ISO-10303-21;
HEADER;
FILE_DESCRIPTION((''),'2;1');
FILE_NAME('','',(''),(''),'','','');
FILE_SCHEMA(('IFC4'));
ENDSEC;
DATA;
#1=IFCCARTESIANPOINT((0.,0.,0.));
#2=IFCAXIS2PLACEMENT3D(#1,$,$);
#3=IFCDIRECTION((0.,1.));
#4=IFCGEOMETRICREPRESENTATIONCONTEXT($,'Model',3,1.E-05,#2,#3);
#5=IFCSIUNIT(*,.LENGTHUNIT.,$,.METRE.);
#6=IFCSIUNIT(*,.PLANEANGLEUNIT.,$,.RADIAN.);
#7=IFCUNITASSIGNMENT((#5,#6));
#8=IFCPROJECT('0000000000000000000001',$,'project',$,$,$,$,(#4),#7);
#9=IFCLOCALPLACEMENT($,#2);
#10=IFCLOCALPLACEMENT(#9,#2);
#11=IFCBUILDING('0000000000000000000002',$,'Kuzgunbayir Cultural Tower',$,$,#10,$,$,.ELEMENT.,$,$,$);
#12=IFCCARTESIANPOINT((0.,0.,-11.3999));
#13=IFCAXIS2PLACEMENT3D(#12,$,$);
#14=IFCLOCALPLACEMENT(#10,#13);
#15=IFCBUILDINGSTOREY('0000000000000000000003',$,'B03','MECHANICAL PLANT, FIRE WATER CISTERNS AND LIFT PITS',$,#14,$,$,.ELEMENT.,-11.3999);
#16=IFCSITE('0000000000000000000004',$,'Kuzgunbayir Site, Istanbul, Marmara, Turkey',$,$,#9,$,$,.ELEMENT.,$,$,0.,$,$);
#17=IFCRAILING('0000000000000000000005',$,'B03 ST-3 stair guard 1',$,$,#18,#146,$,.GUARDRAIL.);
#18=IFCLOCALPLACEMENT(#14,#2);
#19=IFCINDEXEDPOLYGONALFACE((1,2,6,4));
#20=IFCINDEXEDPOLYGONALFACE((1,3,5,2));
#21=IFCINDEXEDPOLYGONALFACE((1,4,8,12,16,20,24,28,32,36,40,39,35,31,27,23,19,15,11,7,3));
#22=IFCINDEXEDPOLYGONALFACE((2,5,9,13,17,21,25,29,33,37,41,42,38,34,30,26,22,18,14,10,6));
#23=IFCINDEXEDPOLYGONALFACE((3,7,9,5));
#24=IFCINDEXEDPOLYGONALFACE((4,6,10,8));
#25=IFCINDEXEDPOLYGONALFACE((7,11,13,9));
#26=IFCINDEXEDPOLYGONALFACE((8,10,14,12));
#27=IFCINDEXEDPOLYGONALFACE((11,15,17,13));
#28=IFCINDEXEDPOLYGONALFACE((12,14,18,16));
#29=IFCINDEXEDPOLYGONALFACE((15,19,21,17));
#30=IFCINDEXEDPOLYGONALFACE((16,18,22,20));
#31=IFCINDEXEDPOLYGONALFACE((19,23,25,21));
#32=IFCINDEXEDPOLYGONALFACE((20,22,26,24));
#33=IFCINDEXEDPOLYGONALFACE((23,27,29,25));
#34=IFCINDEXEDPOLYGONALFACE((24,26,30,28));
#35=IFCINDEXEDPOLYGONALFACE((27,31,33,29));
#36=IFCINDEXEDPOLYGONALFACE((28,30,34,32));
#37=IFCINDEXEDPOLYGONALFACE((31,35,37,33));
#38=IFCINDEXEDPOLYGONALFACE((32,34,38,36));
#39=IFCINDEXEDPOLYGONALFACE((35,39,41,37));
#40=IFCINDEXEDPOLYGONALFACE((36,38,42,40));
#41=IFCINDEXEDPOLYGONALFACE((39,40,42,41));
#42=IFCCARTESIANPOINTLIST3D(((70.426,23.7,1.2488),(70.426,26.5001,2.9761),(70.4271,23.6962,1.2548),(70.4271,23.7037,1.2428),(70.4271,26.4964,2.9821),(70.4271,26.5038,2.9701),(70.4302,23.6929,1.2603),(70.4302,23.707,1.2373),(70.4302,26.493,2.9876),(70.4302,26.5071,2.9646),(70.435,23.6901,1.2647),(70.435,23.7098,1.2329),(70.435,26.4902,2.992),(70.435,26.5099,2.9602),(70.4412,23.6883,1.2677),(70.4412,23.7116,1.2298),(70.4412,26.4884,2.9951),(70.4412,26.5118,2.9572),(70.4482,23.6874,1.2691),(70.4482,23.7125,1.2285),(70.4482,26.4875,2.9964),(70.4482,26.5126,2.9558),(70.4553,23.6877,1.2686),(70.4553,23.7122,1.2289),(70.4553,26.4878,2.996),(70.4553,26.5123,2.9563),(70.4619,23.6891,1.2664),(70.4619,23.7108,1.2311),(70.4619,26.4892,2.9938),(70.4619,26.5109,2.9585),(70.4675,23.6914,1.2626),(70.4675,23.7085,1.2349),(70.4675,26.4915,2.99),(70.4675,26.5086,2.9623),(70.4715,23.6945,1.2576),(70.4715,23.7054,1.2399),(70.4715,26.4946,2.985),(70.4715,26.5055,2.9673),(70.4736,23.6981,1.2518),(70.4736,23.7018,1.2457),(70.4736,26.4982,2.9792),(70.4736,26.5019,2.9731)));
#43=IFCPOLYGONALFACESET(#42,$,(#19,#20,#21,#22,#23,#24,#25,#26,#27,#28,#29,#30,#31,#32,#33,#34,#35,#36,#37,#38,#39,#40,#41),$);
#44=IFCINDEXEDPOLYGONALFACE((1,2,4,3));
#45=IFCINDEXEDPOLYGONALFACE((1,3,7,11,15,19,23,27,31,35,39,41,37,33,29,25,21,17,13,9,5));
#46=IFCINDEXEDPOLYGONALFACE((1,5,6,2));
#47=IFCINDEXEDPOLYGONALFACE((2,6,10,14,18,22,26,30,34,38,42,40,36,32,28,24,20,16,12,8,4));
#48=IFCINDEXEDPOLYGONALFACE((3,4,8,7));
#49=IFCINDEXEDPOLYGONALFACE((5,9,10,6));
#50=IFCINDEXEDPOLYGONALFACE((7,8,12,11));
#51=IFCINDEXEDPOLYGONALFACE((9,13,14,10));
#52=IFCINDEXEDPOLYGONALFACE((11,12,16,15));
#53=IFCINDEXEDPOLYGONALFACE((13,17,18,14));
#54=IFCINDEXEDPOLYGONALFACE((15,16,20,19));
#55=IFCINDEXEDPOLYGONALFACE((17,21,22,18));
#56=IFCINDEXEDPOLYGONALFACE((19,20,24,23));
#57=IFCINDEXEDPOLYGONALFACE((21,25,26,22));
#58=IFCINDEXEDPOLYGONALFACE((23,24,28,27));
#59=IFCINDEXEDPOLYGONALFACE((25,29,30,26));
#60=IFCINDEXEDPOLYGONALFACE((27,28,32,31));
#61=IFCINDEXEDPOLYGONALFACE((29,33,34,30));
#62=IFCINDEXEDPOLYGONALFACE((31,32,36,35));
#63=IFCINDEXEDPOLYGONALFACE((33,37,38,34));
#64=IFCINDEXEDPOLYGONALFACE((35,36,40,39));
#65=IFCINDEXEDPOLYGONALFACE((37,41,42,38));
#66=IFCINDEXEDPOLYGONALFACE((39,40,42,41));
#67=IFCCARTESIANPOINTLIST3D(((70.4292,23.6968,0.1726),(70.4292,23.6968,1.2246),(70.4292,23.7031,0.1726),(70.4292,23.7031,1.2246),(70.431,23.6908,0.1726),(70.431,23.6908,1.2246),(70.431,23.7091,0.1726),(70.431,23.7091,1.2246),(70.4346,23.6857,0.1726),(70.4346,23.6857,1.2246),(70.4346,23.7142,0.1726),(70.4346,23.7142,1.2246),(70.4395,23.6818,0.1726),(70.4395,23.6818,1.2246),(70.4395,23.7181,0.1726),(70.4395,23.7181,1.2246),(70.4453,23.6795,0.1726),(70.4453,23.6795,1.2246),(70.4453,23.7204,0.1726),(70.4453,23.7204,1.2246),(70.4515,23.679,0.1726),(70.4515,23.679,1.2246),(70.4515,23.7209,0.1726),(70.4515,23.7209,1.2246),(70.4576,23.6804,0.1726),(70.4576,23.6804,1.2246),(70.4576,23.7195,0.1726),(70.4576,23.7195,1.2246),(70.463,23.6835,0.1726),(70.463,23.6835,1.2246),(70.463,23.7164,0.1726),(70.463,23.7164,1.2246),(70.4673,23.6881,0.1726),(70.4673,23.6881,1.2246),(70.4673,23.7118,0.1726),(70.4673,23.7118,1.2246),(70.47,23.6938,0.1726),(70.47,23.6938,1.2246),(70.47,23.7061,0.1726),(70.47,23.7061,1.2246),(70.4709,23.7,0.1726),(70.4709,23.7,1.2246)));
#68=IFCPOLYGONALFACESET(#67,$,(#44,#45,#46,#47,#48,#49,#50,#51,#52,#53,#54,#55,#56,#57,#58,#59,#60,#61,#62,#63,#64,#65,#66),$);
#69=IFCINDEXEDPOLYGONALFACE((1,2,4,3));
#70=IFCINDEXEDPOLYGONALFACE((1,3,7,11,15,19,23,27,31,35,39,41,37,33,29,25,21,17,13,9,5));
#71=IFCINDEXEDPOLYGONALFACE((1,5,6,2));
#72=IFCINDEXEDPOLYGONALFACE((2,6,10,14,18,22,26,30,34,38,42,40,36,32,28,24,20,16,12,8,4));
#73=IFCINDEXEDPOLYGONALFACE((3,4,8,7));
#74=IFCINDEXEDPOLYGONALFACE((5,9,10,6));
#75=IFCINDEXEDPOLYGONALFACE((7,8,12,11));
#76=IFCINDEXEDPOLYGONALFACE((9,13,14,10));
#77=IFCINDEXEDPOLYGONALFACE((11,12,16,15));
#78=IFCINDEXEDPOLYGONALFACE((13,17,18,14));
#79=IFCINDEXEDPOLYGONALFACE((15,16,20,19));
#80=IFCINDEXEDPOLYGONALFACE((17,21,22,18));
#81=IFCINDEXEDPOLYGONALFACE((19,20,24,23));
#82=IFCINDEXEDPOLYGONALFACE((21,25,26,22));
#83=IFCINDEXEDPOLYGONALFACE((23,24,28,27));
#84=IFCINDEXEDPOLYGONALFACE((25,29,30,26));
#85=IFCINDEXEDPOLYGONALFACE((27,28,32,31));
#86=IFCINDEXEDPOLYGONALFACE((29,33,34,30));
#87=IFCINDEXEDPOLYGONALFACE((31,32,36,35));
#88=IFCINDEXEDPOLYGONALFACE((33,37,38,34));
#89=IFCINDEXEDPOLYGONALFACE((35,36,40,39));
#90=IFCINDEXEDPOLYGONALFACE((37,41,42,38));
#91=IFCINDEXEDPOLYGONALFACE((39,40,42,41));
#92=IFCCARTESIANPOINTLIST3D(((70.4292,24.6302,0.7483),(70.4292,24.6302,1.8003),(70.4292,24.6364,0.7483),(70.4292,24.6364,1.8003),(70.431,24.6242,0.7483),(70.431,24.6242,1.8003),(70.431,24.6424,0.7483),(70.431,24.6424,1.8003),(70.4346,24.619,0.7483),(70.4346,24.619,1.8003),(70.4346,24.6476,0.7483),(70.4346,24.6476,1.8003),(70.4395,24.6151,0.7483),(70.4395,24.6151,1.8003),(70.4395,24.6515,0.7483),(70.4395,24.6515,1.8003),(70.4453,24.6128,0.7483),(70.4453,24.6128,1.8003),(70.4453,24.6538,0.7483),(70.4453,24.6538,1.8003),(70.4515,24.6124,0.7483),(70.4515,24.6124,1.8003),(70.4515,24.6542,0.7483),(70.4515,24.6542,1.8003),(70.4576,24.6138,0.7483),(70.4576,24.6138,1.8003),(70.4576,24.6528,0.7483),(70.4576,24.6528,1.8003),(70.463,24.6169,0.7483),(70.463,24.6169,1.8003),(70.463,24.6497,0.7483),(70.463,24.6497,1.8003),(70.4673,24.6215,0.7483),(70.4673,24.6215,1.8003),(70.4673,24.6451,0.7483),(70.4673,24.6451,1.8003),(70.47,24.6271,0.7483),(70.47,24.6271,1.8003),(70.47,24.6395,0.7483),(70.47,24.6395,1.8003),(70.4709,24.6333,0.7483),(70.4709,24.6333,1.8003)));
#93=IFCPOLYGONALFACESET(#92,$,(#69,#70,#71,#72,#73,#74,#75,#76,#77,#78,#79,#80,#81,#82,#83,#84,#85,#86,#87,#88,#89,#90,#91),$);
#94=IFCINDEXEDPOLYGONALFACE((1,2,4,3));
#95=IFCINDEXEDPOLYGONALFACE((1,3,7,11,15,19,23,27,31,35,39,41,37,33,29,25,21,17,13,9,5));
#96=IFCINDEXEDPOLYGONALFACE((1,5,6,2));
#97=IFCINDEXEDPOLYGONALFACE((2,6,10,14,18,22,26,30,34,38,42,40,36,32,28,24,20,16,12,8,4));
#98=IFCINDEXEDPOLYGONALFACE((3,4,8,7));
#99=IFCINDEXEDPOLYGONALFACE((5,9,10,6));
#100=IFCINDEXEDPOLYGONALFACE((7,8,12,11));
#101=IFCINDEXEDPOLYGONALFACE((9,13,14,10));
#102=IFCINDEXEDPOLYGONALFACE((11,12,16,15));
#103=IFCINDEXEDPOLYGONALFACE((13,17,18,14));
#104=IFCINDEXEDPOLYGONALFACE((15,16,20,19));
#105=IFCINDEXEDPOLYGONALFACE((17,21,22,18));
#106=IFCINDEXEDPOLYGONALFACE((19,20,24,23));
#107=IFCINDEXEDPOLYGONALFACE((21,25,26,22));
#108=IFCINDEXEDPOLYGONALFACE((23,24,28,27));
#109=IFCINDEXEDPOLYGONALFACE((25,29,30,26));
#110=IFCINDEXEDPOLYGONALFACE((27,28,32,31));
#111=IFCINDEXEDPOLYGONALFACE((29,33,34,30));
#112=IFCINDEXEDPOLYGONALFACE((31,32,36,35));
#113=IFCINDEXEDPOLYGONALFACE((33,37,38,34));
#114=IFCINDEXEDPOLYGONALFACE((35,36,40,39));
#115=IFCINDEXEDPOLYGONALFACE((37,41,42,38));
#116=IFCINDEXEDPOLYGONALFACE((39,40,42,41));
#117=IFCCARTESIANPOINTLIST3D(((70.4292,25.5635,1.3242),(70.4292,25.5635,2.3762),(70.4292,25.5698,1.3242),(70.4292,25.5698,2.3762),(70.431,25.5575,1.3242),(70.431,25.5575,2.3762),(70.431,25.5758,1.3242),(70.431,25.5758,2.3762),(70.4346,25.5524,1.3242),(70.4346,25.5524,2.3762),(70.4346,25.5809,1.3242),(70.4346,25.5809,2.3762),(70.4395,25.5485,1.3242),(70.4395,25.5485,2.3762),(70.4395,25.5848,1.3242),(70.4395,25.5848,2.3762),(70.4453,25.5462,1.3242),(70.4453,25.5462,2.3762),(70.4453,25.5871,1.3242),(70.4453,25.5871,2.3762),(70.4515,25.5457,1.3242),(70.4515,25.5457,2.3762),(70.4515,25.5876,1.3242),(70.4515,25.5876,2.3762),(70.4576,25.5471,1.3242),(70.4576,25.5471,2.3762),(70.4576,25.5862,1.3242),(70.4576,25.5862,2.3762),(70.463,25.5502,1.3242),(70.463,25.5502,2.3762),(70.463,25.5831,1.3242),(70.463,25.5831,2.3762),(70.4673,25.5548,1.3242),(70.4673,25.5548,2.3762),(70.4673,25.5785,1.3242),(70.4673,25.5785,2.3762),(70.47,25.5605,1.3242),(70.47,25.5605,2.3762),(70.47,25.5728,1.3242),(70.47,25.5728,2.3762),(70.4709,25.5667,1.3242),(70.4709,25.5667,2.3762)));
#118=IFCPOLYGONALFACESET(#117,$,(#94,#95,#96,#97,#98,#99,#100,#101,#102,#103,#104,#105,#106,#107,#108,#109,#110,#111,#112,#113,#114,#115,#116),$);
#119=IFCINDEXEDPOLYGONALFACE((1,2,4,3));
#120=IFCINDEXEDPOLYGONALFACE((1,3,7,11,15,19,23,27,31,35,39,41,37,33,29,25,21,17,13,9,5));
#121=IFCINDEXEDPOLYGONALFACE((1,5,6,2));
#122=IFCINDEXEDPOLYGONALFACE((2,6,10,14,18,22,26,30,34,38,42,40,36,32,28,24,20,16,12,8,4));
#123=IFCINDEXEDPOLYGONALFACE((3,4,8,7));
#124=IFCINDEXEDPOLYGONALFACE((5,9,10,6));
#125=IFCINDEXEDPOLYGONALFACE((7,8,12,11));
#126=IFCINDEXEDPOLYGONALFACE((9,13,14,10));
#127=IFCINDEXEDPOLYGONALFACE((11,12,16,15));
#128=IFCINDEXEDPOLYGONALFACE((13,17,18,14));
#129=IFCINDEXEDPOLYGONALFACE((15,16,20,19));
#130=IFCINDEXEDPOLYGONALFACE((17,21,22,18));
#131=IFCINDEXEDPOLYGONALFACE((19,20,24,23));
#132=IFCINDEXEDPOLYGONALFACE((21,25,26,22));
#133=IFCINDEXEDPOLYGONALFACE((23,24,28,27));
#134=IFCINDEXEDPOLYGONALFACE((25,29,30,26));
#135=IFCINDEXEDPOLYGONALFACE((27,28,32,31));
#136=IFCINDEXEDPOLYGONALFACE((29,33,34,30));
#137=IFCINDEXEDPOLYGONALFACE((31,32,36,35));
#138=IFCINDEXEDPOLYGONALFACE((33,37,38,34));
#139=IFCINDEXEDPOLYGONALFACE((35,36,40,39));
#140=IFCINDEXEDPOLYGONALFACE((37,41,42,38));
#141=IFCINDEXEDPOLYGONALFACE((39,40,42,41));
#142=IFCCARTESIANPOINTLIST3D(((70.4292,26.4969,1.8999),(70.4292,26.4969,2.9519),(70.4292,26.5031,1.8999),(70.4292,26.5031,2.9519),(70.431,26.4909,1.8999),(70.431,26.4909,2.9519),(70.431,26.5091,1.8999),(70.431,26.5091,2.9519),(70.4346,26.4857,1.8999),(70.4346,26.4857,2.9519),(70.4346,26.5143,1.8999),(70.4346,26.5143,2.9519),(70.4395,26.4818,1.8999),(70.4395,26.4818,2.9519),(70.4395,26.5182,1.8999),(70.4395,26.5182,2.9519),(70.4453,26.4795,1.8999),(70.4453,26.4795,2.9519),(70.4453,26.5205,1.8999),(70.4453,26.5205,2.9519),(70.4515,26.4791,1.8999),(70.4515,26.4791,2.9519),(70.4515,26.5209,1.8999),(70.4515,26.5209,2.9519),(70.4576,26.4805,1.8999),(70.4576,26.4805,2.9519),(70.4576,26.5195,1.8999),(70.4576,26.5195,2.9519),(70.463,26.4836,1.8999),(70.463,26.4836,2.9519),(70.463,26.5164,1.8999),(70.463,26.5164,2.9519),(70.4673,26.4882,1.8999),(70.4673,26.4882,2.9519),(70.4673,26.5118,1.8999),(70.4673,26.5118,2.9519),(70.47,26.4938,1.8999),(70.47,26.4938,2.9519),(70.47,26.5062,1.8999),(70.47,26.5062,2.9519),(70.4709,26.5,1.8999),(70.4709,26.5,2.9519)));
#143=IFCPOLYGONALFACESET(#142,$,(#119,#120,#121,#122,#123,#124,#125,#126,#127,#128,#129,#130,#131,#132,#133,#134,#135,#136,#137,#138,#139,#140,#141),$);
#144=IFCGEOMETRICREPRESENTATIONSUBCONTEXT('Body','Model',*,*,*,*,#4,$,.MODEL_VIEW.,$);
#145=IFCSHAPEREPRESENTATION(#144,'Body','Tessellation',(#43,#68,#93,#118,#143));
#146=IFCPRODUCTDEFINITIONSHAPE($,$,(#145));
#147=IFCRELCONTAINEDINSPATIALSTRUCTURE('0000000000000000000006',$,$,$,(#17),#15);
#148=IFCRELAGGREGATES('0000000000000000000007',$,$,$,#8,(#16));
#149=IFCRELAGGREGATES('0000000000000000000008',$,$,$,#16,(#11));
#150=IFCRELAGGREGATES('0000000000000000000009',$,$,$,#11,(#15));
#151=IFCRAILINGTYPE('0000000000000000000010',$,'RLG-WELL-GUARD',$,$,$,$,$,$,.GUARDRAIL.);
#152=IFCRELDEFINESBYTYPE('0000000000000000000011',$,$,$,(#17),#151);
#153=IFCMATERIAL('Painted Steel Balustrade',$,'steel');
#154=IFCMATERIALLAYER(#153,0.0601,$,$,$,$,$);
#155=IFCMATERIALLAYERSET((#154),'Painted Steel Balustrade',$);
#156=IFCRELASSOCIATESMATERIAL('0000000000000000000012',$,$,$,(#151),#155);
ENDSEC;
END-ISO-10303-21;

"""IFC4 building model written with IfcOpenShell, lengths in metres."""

from ifc_helpers import new_model, si_unit, direction, frame, origin, origin_2d, place, context, subcontext, project, spatial, circle, extrude, material, layer, layer_set, type_object, element, save


model = new_model("IFC4")

# Units and contexts
model_context = context("Model", 3, precision=1e-05, world=origin(), true_north=direction((0.0, 1.0)))
body_context = subcontext(model_context, "Body", "Model", "MODEL_VIEW")
ifc_project = project(units=[si_unit("LENGTHUNIT", "METRE"), si_unit("PLANEANGLEUNIT", "RADIAN")], contexts=[model_context])

# Site, building, storey
site_placement = place(None, origin())
site = spatial("IfcSite", under=ifc_project, at=site_placement, Name="Kuzgunbayir Site, Istanbul, Marmara, Turkey", CompositionType="ELEMENT", RefElevation=0.0)
building_placement = place(site_placement, origin())
building = spatial("IfcBuilding", under=site, at=building_placement, Name="Kuzgunbayir Cultural Tower", CompositionType="ELEMENT")
storey_placement = place(building_placement, frame((0.0, 0.0, -11.3999)))
storey = spatial("IfcBuildingStorey", under=building, at=storey_placement, Name="B03", Description="MECHANICAL PLANT, FIRE WATER CISTERNS AND LIFT PITS", CompositionType="ELEMENT", Elevation=-11.3999)

# Railing
ifc_material_1 = material(Name="Painted Steel Balustrade", Category="steel")
ifc_layer_1 = layer(ifc_material_1, 0.0601)
ifc_layer_set_1 = layer_set([ifc_layer_1], Name="Painted Steel Balustrade")
railing_type_1 = type_object("IfcRailingType", Name="RLG-WELL-GUARD", PredefinedType="GUARDRAIL", material=ifc_layer_set_1)
railing_1_placement = place(storey_placement, frame((70.45, 23.7, 0.1726)))
element("IfcRailing", 1, at=railing_1_placement, inside=storey, type_object=railing_type_1, Name="B03 ST-3 stair guard 1", PredefinedType="GUARDRAIL", context=body_context, shape_type="SweptSolid", body=[
    extrude(circle(Radius=0.0239, at=origin_2d()), frame((0.0, 0.0, 1.0762), z_axis=(0.0, 0.85109, 0.52502), x_axis=(-1.0, 0.0, 0.0)), (0.0, 0.0, 1.0), 3.29),
    extrude(circle(Radius=0.021, at=origin_2d()), origin(), (0.0, 0.0, 1.0), 1.052),
    extrude(circle(Radius=0.021, at=origin_2d()), frame((0.0, 0.9333, 0.5757)), (0.0, 0.0, 1.0), 1.052),
    extrude(circle(Radius=0.021, at=origin_2d()), frame((0.0, 1.8667, 1.1516)), (0.0, 0.0, 1.0), 1.052),
    extrude(circle(Radius=0.021, at=origin_2d()), frame((0.0, 2.8, 1.7273)), (0.0, 0.0, 1.0), 1.052),
])

save(model, "model.ifc")
